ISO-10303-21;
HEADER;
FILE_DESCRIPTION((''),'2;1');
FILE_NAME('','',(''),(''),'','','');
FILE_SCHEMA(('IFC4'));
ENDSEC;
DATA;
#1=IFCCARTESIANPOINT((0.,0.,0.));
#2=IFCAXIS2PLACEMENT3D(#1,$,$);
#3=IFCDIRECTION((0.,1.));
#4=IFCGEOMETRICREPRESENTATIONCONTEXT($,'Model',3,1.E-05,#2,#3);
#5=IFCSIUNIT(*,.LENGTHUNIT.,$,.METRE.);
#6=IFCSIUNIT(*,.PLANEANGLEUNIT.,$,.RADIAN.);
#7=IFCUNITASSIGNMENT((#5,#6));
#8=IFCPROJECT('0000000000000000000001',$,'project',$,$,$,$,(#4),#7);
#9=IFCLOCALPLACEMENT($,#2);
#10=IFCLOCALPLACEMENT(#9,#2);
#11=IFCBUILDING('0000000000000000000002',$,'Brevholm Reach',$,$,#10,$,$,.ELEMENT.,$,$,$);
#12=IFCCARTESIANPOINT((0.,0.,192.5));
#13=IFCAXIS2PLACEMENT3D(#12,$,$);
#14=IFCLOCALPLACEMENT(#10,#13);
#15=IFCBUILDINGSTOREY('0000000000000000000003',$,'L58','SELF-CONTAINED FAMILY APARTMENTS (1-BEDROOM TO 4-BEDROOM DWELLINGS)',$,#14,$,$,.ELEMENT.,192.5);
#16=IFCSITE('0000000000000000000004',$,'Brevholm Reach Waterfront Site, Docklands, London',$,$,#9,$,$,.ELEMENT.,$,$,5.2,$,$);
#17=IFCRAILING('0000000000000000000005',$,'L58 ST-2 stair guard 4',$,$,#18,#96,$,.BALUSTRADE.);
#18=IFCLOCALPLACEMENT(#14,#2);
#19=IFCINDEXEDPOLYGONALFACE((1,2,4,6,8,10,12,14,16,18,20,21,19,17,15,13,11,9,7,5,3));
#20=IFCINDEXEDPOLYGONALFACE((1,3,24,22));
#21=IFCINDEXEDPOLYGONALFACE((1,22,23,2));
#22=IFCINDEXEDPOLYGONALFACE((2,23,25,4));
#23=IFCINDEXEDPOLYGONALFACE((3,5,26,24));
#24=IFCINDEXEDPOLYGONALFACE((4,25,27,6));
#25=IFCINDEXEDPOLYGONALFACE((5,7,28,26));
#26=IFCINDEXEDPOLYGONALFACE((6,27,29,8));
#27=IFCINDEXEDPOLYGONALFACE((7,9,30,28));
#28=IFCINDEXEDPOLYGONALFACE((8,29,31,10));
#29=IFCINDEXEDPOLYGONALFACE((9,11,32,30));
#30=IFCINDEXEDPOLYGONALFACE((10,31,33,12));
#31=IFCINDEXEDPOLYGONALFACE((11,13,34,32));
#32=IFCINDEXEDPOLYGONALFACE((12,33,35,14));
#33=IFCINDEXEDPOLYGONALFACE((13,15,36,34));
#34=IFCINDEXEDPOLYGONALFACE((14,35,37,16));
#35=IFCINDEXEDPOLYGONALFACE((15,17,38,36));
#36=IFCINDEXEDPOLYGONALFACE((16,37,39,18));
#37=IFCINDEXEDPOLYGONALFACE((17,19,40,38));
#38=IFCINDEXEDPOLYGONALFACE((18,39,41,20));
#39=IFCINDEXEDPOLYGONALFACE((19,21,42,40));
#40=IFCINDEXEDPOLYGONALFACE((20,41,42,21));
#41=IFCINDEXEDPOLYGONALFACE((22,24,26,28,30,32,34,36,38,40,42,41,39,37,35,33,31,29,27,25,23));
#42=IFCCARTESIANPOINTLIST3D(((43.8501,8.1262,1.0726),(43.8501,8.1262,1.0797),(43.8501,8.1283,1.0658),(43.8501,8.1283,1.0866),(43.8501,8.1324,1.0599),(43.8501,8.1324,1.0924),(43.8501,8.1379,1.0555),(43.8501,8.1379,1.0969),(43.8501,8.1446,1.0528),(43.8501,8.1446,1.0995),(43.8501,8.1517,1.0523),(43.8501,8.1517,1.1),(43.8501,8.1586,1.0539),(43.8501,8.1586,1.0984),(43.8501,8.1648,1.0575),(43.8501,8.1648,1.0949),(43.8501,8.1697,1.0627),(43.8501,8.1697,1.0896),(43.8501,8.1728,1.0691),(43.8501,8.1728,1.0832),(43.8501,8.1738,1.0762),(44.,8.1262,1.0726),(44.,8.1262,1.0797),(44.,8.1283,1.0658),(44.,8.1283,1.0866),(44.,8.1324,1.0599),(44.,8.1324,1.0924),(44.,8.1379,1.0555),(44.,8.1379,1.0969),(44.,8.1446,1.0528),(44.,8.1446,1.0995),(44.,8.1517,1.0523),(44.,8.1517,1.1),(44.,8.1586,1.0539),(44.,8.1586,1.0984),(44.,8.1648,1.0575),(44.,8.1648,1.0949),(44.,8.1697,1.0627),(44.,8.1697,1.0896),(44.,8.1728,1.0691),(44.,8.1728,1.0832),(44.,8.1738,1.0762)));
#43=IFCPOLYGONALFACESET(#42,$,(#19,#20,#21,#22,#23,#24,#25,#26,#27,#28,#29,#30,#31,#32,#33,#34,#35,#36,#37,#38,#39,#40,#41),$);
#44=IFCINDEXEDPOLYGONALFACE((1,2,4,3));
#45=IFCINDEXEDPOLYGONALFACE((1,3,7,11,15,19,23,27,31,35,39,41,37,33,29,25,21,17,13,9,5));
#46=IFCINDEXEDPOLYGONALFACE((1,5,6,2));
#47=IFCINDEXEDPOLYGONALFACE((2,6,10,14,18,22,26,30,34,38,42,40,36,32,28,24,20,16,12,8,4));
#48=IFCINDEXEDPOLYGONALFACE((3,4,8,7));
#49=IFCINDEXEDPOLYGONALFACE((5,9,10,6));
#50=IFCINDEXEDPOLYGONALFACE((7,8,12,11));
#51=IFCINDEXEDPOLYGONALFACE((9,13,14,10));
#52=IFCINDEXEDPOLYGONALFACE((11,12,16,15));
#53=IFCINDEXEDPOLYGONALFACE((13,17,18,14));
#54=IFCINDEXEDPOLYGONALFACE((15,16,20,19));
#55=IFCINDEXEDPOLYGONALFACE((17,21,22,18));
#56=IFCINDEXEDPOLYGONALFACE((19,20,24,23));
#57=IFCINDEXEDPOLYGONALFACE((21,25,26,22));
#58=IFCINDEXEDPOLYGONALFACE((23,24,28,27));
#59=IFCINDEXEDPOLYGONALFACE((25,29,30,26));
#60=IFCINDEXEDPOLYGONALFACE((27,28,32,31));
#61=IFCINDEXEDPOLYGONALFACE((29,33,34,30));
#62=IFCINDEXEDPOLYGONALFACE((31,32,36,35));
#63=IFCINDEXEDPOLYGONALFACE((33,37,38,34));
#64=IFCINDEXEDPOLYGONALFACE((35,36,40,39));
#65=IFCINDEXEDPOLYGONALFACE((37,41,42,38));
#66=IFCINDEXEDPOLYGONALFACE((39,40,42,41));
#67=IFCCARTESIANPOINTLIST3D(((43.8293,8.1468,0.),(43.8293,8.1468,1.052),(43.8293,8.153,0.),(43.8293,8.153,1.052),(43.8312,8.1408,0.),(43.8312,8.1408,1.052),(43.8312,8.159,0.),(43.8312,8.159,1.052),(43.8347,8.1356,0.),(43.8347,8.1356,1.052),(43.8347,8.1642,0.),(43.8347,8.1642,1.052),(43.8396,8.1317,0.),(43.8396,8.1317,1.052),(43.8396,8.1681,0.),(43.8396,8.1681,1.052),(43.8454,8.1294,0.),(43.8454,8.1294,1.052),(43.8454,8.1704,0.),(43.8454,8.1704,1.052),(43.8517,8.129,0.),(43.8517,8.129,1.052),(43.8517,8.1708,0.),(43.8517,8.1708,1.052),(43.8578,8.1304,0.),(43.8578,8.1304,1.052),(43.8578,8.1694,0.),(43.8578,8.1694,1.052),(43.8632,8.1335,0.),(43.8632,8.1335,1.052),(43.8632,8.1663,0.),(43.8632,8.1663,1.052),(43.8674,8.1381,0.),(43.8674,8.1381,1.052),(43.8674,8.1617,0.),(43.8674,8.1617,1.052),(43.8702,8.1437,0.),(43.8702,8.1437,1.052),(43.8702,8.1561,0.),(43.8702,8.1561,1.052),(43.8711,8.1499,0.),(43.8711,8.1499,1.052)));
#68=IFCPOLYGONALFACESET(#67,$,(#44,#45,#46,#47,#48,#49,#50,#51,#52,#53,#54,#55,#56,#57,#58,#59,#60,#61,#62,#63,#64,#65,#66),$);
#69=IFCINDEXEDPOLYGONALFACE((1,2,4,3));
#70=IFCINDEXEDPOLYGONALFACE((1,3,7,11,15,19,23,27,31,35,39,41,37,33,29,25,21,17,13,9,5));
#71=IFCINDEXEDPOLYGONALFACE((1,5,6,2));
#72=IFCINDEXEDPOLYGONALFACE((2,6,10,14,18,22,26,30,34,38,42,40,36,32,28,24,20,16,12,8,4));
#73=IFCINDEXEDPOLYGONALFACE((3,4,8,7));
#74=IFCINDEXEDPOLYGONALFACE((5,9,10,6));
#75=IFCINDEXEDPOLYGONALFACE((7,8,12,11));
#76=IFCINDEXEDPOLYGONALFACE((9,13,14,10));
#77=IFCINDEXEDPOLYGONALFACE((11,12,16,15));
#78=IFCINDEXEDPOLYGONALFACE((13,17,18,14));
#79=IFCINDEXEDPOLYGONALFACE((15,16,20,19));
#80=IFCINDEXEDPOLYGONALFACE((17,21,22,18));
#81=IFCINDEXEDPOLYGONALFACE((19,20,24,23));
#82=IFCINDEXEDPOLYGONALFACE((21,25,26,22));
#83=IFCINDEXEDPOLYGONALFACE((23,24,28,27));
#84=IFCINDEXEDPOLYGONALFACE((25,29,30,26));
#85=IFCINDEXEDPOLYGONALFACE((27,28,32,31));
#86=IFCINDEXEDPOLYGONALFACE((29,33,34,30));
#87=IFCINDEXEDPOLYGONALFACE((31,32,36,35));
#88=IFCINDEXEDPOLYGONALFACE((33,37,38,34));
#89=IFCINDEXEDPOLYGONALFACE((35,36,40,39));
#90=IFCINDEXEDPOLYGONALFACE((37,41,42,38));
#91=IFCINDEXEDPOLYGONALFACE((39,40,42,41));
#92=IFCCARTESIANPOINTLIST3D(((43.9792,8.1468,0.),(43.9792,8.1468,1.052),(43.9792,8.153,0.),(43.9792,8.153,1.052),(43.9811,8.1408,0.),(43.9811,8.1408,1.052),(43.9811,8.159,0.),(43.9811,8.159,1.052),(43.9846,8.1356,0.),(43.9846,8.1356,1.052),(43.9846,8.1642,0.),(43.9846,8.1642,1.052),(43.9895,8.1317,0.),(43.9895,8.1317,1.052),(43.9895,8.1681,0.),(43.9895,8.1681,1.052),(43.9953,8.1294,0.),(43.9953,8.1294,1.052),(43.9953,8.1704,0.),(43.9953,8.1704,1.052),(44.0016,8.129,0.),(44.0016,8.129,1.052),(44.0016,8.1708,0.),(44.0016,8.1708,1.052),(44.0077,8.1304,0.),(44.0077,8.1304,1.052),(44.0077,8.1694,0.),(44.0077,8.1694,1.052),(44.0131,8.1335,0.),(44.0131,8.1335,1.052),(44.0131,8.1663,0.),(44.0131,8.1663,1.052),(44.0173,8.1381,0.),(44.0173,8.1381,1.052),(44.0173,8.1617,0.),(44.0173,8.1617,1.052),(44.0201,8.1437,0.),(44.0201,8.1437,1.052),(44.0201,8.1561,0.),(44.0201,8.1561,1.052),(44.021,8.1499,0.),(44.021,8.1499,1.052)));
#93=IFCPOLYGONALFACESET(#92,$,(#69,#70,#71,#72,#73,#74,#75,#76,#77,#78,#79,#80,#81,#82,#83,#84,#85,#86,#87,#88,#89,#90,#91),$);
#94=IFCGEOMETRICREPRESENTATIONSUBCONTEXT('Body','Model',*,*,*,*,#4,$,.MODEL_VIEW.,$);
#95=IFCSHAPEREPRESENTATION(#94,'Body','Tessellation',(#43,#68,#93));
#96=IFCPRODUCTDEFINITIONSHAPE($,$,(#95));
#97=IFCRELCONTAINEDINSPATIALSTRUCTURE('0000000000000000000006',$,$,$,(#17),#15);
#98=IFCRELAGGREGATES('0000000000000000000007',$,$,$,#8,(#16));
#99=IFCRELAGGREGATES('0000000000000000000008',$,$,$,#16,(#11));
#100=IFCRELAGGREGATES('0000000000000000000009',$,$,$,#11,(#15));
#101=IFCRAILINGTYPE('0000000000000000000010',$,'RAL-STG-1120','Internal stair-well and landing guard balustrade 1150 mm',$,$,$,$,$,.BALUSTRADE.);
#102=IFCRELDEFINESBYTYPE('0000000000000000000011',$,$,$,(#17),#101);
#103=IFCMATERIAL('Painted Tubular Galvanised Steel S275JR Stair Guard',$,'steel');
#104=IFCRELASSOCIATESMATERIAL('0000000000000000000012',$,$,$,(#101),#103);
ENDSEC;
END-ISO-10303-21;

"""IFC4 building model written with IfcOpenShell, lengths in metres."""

from ifc_helpers import new_model, si_unit, direction, frame, origin, origin_2d, place, context, subcontext, project, spatial, circle, extrude, material, type_object, element, save


model = new_model("IFC4")

# Units and contexts
model_context = context("Model", 3, precision=1e-05, world=origin(), true_north=direction((0.0, 1.0)))
body_context = subcontext(model_context, "Body", "Model", "MODEL_VIEW")
ifc_project = project(units=[si_unit("LENGTHUNIT", "METRE"), si_unit("PLANEANGLEUNIT", "RADIAN")], contexts=[model_context])

# Site, building, storey
site_placement = place(None, origin())
site = spatial("IfcSite", under=ifc_project, at=site_placement, Name="Brevholm Reach Waterfront Site, Docklands, London", CompositionType="ELEMENT", RefElevation=5.2)
building_placement = place(site_placement, origin())
building = spatial("IfcBuilding", under=site, at=building_placement, Name="Brevholm Reach", CompositionType="ELEMENT")
storey_placement = place(building_placement, frame((0.0, 0.0, 192.5)))
storey = spatial("IfcBuildingStorey", under=building, at=storey_placement, Name="L58", Description="SELF-CONTAINED FAMILY APARTMENTS (1-BEDROOM TO 4-BEDROOM DWELLINGS)", CompositionType="ELEMENT", Elevation=192.5)

# Railing
ifc_material_1 = material(Name="Painted Tubular Galvanised Steel S275JR Stair Guard", Category="steel")
railing_type_1 = type_object("IfcRailingType", Name="RAL-STG-1120", Description="Internal stair-well and landing guard balustrade 1150 mm", PredefinedType="BALUSTRADE", material=ifc_material_1)
railing_1_placement = place(storey_placement, frame((43.8501, 8.1499, 0.0)))
element("IfcRailing", 1, at=railing_1_placement, inside=storey, type_object=railing_type_1, Name="L58 ST-2 stair guard 4", PredefinedType="BALUSTRADE", context=body_context, shape_type="SweptSolid", body=[
    extrude(circle(Radius=0.0239, at=origin_2d()), frame((0.0, 0.0, 1.0762), z_axis=(1.0, 0.0, 0.0), x_axis=(0.0, 1.0, 0.0)), (0.0, 0.0, 1.0), 0.1499),
    extrude(circle(Radius=0.021, at=origin_2d()), origin(), (0.0, 0.0, 1.0), 1.052),
    extrude(circle(Radius=0.021, at=origin_2d()), frame((0.1499, 0.0, 0.0)), (0.0, 0.0, 1.0), 1.052),
])

save(model, "model.ifc")
